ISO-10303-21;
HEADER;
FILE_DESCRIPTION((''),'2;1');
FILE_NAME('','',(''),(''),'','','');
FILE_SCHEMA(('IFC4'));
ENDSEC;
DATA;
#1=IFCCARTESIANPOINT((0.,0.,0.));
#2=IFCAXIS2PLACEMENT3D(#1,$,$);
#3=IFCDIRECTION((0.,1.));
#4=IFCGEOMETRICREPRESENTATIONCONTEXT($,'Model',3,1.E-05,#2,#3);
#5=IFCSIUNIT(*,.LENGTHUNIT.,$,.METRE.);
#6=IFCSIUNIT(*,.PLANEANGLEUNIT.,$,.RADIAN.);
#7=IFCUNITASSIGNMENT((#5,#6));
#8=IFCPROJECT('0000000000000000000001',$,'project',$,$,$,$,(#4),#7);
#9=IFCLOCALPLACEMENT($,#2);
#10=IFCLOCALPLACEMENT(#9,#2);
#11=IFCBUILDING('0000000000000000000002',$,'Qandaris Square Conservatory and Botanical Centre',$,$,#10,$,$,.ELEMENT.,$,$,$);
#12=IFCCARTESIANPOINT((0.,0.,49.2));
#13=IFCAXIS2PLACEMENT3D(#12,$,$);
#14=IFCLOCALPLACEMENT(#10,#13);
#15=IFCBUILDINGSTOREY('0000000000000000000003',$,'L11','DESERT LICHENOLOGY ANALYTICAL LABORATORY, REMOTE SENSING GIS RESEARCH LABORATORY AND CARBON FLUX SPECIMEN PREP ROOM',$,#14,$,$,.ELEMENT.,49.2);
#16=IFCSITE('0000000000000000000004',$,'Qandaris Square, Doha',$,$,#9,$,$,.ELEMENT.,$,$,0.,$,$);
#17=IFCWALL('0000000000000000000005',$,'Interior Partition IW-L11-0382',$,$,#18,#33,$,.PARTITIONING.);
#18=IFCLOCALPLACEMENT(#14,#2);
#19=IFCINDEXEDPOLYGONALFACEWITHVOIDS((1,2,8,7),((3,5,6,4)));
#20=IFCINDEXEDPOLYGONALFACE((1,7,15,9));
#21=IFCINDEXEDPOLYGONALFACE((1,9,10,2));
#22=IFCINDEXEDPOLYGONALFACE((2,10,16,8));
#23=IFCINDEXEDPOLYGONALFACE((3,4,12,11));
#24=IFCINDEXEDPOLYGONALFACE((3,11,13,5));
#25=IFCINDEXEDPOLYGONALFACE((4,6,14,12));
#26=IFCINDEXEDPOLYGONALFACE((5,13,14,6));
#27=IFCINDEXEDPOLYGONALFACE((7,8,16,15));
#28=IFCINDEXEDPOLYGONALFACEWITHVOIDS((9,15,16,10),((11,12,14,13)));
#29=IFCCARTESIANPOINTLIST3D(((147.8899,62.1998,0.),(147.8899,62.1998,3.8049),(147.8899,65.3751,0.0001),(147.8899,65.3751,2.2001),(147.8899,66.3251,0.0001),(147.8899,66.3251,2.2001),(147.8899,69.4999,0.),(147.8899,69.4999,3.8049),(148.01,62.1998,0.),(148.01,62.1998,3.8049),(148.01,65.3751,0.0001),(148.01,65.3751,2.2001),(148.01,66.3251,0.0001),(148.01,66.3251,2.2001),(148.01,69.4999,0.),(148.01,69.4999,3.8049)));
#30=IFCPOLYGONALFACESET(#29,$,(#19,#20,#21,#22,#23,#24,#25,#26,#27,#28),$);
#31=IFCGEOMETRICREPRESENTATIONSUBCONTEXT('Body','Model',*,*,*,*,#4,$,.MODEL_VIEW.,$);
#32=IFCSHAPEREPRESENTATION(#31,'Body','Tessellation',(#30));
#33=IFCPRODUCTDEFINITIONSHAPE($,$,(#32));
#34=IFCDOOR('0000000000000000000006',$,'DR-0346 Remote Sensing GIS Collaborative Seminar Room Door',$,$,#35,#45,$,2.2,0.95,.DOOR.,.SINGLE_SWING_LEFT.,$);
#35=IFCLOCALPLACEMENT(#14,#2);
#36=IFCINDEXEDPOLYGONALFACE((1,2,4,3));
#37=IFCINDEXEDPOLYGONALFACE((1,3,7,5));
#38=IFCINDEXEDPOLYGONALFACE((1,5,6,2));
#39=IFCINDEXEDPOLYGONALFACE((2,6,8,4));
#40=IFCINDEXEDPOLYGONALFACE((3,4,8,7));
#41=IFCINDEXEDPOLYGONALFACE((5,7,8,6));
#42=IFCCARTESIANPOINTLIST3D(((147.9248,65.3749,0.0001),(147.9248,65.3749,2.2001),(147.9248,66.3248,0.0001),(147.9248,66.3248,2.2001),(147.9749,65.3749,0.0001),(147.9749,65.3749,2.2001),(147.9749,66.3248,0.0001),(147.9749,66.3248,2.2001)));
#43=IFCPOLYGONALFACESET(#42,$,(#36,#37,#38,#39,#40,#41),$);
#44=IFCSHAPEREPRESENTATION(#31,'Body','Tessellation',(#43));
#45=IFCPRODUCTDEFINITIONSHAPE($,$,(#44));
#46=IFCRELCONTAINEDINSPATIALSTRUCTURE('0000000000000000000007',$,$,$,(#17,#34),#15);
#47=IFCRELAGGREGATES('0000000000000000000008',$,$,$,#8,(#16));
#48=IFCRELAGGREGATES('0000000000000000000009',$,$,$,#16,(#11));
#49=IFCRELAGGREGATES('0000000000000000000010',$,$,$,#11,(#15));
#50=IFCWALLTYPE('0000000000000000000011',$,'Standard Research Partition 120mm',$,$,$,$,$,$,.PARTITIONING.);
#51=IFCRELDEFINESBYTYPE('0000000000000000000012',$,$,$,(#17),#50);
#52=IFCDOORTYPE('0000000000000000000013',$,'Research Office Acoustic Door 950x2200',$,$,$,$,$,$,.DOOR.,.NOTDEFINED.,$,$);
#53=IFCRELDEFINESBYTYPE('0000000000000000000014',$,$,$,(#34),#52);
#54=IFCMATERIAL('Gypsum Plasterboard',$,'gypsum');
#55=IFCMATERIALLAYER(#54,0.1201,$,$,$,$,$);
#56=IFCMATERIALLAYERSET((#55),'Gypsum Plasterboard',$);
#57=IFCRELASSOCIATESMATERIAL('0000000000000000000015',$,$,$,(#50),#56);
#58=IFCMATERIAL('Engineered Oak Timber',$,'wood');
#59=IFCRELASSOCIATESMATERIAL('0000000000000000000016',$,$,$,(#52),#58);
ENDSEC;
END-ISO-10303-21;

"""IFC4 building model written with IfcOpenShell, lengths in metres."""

from ifc_helpers import new_model, si_unit, direction, frame, frame_2d, origin, place, context, subcontext, project, spatial, rectangle, extrude, material, layer, layer_set, type_object, element, fill, save


model = new_model("IFC4")

# Units and contexts
model_context = context("Model", 3, precision=1e-05, world=origin(), true_north=direction((0.0, 1.0)))
body_context = subcontext(model_context, "Body", "Model", "MODEL_VIEW")
ifc_project = project(units=[si_unit("LENGTHUNIT", "METRE"), si_unit("PLANEANGLEUNIT", "RADIAN")], contexts=[model_context])

# Site, building, storey
site_placement = place(None, origin())
site = spatial("IfcSite", under=ifc_project, at=site_placement, Name="Qandaris Square, Doha", CompositionType="ELEMENT", RefElevation=0.0)
building_placement = place(site_placement, origin())
building = spatial("IfcBuilding", under=site, at=building_placement, Name="Qandaris Square Conservatory and Botanical Centre", CompositionType="ELEMENT")
storey_placement = place(building_placement, frame((0.0, 0.0, 49.2)))
storey = spatial("IfcBuildingStorey", under=building, at=storey_placement, Name="L11", Description="DESERT LICHENOLOGY ANALYTICAL LABORATORY, REMOTE SENSING GIS RESEARCH LABORATORY AND CARBON FLUX SPECIMEN PREP ROOM", CompositionType="ELEMENT", Elevation=49.2)

# Shared definitions
ifc_material_1 = material(Name="Gypsum Plasterboard", Category="gypsum")
ifc_material_2 = material(Name="Engineered Oak Timber", Category="wood")

# Wall, opening, door
ifc_layer_1 = layer(ifc_material_1, 0.1201)
ifc_layer_set_1 = layer_set([ifc_layer_1], Name="Gypsum Plasterboard")
wall_type_1 = type_object("IfcWallType", Name="Standard Research Partition 120mm", PredefinedType="PARTITIONING", material=ifc_layer_set_1)
wall_1_placement = place(storey_placement, frame((147.95, 62.2, 0.0), z_axis=(0.0, 0.0, 1.0), x_axis=(0.0, 1.0, 0.0)))
wall_1 = element("IfcWall", 1, at=wall_1_placement, inside=storey, type_object=wall_type_1, Name="Interior Partition IW-L11-0382", PredefinedType="PARTITIONING", context=body_context, shape_type="SweptSolid", body=[
    extrude(rectangle(XDim=7.3, YDim=0.1201, at=frame_2d((3.6499, 0.0))), origin(), (0.0, 0.0, 1.0), 3.8049),
])
opening_1_placement = place(wall_1_placement, frame((3.175, 0.0, 0.0)))
opening_1 = element("IfcOpeningElement", 2, at=opening_1_placement, cuts=wall_1, PredefinedType="OPENING", context=body_context, shape_type="SweptSolid", body=[
    extrude(rectangle(XDim=0.95, YDim=2.2, at=frame_2d((0.4751, 1.1001))), frame((0.0, 0.072, 0.0), z_axis=(0.0, -1.0, 0.0), x_axis=(1.0, 0.0, 0.0)), (0.0, 0.0, 1.0), 0.144),
])
door_type_1 = type_object("IfcDoorType", Name="Research Office Acoustic Door 950x2200", OperationType="NOTDEFINED", PredefinedType="DOOR", material=ifc_material_2)
door_1_placement = place(opening_1_placement, frame((0.95, 0.0, 0.0), z_axis=(0.0, 0.0, 1.0), x_axis=(-1.0, 0.0, 0.0)))
door_1 = element("IfcDoor", 3, at=door_1_placement, inside=storey, type_object=door_type_1, Name="DR-0346 Remote Sensing GIS Collaborative Seminar Room Door", OperationType="SINGLE_SWING_LEFT", OverallHeight=2.2, OverallWidth=0.95, PredefinedType="DOOR", context=body_context, shape_type="SweptSolid", body=[
    extrude(rectangle(XDim=0.95, YDim=2.2, at=frame_2d((0.4751, 1.1001))), frame((0.0, 0.0249, 0.0), z_axis=(0.0, -1.0, 0.0), x_axis=(1.0, 0.0, 0.0)), (0.0, 0.0, 1.0), 0.05),
])
fill(opening_1, door_1)

save(model, "model.ifc")
